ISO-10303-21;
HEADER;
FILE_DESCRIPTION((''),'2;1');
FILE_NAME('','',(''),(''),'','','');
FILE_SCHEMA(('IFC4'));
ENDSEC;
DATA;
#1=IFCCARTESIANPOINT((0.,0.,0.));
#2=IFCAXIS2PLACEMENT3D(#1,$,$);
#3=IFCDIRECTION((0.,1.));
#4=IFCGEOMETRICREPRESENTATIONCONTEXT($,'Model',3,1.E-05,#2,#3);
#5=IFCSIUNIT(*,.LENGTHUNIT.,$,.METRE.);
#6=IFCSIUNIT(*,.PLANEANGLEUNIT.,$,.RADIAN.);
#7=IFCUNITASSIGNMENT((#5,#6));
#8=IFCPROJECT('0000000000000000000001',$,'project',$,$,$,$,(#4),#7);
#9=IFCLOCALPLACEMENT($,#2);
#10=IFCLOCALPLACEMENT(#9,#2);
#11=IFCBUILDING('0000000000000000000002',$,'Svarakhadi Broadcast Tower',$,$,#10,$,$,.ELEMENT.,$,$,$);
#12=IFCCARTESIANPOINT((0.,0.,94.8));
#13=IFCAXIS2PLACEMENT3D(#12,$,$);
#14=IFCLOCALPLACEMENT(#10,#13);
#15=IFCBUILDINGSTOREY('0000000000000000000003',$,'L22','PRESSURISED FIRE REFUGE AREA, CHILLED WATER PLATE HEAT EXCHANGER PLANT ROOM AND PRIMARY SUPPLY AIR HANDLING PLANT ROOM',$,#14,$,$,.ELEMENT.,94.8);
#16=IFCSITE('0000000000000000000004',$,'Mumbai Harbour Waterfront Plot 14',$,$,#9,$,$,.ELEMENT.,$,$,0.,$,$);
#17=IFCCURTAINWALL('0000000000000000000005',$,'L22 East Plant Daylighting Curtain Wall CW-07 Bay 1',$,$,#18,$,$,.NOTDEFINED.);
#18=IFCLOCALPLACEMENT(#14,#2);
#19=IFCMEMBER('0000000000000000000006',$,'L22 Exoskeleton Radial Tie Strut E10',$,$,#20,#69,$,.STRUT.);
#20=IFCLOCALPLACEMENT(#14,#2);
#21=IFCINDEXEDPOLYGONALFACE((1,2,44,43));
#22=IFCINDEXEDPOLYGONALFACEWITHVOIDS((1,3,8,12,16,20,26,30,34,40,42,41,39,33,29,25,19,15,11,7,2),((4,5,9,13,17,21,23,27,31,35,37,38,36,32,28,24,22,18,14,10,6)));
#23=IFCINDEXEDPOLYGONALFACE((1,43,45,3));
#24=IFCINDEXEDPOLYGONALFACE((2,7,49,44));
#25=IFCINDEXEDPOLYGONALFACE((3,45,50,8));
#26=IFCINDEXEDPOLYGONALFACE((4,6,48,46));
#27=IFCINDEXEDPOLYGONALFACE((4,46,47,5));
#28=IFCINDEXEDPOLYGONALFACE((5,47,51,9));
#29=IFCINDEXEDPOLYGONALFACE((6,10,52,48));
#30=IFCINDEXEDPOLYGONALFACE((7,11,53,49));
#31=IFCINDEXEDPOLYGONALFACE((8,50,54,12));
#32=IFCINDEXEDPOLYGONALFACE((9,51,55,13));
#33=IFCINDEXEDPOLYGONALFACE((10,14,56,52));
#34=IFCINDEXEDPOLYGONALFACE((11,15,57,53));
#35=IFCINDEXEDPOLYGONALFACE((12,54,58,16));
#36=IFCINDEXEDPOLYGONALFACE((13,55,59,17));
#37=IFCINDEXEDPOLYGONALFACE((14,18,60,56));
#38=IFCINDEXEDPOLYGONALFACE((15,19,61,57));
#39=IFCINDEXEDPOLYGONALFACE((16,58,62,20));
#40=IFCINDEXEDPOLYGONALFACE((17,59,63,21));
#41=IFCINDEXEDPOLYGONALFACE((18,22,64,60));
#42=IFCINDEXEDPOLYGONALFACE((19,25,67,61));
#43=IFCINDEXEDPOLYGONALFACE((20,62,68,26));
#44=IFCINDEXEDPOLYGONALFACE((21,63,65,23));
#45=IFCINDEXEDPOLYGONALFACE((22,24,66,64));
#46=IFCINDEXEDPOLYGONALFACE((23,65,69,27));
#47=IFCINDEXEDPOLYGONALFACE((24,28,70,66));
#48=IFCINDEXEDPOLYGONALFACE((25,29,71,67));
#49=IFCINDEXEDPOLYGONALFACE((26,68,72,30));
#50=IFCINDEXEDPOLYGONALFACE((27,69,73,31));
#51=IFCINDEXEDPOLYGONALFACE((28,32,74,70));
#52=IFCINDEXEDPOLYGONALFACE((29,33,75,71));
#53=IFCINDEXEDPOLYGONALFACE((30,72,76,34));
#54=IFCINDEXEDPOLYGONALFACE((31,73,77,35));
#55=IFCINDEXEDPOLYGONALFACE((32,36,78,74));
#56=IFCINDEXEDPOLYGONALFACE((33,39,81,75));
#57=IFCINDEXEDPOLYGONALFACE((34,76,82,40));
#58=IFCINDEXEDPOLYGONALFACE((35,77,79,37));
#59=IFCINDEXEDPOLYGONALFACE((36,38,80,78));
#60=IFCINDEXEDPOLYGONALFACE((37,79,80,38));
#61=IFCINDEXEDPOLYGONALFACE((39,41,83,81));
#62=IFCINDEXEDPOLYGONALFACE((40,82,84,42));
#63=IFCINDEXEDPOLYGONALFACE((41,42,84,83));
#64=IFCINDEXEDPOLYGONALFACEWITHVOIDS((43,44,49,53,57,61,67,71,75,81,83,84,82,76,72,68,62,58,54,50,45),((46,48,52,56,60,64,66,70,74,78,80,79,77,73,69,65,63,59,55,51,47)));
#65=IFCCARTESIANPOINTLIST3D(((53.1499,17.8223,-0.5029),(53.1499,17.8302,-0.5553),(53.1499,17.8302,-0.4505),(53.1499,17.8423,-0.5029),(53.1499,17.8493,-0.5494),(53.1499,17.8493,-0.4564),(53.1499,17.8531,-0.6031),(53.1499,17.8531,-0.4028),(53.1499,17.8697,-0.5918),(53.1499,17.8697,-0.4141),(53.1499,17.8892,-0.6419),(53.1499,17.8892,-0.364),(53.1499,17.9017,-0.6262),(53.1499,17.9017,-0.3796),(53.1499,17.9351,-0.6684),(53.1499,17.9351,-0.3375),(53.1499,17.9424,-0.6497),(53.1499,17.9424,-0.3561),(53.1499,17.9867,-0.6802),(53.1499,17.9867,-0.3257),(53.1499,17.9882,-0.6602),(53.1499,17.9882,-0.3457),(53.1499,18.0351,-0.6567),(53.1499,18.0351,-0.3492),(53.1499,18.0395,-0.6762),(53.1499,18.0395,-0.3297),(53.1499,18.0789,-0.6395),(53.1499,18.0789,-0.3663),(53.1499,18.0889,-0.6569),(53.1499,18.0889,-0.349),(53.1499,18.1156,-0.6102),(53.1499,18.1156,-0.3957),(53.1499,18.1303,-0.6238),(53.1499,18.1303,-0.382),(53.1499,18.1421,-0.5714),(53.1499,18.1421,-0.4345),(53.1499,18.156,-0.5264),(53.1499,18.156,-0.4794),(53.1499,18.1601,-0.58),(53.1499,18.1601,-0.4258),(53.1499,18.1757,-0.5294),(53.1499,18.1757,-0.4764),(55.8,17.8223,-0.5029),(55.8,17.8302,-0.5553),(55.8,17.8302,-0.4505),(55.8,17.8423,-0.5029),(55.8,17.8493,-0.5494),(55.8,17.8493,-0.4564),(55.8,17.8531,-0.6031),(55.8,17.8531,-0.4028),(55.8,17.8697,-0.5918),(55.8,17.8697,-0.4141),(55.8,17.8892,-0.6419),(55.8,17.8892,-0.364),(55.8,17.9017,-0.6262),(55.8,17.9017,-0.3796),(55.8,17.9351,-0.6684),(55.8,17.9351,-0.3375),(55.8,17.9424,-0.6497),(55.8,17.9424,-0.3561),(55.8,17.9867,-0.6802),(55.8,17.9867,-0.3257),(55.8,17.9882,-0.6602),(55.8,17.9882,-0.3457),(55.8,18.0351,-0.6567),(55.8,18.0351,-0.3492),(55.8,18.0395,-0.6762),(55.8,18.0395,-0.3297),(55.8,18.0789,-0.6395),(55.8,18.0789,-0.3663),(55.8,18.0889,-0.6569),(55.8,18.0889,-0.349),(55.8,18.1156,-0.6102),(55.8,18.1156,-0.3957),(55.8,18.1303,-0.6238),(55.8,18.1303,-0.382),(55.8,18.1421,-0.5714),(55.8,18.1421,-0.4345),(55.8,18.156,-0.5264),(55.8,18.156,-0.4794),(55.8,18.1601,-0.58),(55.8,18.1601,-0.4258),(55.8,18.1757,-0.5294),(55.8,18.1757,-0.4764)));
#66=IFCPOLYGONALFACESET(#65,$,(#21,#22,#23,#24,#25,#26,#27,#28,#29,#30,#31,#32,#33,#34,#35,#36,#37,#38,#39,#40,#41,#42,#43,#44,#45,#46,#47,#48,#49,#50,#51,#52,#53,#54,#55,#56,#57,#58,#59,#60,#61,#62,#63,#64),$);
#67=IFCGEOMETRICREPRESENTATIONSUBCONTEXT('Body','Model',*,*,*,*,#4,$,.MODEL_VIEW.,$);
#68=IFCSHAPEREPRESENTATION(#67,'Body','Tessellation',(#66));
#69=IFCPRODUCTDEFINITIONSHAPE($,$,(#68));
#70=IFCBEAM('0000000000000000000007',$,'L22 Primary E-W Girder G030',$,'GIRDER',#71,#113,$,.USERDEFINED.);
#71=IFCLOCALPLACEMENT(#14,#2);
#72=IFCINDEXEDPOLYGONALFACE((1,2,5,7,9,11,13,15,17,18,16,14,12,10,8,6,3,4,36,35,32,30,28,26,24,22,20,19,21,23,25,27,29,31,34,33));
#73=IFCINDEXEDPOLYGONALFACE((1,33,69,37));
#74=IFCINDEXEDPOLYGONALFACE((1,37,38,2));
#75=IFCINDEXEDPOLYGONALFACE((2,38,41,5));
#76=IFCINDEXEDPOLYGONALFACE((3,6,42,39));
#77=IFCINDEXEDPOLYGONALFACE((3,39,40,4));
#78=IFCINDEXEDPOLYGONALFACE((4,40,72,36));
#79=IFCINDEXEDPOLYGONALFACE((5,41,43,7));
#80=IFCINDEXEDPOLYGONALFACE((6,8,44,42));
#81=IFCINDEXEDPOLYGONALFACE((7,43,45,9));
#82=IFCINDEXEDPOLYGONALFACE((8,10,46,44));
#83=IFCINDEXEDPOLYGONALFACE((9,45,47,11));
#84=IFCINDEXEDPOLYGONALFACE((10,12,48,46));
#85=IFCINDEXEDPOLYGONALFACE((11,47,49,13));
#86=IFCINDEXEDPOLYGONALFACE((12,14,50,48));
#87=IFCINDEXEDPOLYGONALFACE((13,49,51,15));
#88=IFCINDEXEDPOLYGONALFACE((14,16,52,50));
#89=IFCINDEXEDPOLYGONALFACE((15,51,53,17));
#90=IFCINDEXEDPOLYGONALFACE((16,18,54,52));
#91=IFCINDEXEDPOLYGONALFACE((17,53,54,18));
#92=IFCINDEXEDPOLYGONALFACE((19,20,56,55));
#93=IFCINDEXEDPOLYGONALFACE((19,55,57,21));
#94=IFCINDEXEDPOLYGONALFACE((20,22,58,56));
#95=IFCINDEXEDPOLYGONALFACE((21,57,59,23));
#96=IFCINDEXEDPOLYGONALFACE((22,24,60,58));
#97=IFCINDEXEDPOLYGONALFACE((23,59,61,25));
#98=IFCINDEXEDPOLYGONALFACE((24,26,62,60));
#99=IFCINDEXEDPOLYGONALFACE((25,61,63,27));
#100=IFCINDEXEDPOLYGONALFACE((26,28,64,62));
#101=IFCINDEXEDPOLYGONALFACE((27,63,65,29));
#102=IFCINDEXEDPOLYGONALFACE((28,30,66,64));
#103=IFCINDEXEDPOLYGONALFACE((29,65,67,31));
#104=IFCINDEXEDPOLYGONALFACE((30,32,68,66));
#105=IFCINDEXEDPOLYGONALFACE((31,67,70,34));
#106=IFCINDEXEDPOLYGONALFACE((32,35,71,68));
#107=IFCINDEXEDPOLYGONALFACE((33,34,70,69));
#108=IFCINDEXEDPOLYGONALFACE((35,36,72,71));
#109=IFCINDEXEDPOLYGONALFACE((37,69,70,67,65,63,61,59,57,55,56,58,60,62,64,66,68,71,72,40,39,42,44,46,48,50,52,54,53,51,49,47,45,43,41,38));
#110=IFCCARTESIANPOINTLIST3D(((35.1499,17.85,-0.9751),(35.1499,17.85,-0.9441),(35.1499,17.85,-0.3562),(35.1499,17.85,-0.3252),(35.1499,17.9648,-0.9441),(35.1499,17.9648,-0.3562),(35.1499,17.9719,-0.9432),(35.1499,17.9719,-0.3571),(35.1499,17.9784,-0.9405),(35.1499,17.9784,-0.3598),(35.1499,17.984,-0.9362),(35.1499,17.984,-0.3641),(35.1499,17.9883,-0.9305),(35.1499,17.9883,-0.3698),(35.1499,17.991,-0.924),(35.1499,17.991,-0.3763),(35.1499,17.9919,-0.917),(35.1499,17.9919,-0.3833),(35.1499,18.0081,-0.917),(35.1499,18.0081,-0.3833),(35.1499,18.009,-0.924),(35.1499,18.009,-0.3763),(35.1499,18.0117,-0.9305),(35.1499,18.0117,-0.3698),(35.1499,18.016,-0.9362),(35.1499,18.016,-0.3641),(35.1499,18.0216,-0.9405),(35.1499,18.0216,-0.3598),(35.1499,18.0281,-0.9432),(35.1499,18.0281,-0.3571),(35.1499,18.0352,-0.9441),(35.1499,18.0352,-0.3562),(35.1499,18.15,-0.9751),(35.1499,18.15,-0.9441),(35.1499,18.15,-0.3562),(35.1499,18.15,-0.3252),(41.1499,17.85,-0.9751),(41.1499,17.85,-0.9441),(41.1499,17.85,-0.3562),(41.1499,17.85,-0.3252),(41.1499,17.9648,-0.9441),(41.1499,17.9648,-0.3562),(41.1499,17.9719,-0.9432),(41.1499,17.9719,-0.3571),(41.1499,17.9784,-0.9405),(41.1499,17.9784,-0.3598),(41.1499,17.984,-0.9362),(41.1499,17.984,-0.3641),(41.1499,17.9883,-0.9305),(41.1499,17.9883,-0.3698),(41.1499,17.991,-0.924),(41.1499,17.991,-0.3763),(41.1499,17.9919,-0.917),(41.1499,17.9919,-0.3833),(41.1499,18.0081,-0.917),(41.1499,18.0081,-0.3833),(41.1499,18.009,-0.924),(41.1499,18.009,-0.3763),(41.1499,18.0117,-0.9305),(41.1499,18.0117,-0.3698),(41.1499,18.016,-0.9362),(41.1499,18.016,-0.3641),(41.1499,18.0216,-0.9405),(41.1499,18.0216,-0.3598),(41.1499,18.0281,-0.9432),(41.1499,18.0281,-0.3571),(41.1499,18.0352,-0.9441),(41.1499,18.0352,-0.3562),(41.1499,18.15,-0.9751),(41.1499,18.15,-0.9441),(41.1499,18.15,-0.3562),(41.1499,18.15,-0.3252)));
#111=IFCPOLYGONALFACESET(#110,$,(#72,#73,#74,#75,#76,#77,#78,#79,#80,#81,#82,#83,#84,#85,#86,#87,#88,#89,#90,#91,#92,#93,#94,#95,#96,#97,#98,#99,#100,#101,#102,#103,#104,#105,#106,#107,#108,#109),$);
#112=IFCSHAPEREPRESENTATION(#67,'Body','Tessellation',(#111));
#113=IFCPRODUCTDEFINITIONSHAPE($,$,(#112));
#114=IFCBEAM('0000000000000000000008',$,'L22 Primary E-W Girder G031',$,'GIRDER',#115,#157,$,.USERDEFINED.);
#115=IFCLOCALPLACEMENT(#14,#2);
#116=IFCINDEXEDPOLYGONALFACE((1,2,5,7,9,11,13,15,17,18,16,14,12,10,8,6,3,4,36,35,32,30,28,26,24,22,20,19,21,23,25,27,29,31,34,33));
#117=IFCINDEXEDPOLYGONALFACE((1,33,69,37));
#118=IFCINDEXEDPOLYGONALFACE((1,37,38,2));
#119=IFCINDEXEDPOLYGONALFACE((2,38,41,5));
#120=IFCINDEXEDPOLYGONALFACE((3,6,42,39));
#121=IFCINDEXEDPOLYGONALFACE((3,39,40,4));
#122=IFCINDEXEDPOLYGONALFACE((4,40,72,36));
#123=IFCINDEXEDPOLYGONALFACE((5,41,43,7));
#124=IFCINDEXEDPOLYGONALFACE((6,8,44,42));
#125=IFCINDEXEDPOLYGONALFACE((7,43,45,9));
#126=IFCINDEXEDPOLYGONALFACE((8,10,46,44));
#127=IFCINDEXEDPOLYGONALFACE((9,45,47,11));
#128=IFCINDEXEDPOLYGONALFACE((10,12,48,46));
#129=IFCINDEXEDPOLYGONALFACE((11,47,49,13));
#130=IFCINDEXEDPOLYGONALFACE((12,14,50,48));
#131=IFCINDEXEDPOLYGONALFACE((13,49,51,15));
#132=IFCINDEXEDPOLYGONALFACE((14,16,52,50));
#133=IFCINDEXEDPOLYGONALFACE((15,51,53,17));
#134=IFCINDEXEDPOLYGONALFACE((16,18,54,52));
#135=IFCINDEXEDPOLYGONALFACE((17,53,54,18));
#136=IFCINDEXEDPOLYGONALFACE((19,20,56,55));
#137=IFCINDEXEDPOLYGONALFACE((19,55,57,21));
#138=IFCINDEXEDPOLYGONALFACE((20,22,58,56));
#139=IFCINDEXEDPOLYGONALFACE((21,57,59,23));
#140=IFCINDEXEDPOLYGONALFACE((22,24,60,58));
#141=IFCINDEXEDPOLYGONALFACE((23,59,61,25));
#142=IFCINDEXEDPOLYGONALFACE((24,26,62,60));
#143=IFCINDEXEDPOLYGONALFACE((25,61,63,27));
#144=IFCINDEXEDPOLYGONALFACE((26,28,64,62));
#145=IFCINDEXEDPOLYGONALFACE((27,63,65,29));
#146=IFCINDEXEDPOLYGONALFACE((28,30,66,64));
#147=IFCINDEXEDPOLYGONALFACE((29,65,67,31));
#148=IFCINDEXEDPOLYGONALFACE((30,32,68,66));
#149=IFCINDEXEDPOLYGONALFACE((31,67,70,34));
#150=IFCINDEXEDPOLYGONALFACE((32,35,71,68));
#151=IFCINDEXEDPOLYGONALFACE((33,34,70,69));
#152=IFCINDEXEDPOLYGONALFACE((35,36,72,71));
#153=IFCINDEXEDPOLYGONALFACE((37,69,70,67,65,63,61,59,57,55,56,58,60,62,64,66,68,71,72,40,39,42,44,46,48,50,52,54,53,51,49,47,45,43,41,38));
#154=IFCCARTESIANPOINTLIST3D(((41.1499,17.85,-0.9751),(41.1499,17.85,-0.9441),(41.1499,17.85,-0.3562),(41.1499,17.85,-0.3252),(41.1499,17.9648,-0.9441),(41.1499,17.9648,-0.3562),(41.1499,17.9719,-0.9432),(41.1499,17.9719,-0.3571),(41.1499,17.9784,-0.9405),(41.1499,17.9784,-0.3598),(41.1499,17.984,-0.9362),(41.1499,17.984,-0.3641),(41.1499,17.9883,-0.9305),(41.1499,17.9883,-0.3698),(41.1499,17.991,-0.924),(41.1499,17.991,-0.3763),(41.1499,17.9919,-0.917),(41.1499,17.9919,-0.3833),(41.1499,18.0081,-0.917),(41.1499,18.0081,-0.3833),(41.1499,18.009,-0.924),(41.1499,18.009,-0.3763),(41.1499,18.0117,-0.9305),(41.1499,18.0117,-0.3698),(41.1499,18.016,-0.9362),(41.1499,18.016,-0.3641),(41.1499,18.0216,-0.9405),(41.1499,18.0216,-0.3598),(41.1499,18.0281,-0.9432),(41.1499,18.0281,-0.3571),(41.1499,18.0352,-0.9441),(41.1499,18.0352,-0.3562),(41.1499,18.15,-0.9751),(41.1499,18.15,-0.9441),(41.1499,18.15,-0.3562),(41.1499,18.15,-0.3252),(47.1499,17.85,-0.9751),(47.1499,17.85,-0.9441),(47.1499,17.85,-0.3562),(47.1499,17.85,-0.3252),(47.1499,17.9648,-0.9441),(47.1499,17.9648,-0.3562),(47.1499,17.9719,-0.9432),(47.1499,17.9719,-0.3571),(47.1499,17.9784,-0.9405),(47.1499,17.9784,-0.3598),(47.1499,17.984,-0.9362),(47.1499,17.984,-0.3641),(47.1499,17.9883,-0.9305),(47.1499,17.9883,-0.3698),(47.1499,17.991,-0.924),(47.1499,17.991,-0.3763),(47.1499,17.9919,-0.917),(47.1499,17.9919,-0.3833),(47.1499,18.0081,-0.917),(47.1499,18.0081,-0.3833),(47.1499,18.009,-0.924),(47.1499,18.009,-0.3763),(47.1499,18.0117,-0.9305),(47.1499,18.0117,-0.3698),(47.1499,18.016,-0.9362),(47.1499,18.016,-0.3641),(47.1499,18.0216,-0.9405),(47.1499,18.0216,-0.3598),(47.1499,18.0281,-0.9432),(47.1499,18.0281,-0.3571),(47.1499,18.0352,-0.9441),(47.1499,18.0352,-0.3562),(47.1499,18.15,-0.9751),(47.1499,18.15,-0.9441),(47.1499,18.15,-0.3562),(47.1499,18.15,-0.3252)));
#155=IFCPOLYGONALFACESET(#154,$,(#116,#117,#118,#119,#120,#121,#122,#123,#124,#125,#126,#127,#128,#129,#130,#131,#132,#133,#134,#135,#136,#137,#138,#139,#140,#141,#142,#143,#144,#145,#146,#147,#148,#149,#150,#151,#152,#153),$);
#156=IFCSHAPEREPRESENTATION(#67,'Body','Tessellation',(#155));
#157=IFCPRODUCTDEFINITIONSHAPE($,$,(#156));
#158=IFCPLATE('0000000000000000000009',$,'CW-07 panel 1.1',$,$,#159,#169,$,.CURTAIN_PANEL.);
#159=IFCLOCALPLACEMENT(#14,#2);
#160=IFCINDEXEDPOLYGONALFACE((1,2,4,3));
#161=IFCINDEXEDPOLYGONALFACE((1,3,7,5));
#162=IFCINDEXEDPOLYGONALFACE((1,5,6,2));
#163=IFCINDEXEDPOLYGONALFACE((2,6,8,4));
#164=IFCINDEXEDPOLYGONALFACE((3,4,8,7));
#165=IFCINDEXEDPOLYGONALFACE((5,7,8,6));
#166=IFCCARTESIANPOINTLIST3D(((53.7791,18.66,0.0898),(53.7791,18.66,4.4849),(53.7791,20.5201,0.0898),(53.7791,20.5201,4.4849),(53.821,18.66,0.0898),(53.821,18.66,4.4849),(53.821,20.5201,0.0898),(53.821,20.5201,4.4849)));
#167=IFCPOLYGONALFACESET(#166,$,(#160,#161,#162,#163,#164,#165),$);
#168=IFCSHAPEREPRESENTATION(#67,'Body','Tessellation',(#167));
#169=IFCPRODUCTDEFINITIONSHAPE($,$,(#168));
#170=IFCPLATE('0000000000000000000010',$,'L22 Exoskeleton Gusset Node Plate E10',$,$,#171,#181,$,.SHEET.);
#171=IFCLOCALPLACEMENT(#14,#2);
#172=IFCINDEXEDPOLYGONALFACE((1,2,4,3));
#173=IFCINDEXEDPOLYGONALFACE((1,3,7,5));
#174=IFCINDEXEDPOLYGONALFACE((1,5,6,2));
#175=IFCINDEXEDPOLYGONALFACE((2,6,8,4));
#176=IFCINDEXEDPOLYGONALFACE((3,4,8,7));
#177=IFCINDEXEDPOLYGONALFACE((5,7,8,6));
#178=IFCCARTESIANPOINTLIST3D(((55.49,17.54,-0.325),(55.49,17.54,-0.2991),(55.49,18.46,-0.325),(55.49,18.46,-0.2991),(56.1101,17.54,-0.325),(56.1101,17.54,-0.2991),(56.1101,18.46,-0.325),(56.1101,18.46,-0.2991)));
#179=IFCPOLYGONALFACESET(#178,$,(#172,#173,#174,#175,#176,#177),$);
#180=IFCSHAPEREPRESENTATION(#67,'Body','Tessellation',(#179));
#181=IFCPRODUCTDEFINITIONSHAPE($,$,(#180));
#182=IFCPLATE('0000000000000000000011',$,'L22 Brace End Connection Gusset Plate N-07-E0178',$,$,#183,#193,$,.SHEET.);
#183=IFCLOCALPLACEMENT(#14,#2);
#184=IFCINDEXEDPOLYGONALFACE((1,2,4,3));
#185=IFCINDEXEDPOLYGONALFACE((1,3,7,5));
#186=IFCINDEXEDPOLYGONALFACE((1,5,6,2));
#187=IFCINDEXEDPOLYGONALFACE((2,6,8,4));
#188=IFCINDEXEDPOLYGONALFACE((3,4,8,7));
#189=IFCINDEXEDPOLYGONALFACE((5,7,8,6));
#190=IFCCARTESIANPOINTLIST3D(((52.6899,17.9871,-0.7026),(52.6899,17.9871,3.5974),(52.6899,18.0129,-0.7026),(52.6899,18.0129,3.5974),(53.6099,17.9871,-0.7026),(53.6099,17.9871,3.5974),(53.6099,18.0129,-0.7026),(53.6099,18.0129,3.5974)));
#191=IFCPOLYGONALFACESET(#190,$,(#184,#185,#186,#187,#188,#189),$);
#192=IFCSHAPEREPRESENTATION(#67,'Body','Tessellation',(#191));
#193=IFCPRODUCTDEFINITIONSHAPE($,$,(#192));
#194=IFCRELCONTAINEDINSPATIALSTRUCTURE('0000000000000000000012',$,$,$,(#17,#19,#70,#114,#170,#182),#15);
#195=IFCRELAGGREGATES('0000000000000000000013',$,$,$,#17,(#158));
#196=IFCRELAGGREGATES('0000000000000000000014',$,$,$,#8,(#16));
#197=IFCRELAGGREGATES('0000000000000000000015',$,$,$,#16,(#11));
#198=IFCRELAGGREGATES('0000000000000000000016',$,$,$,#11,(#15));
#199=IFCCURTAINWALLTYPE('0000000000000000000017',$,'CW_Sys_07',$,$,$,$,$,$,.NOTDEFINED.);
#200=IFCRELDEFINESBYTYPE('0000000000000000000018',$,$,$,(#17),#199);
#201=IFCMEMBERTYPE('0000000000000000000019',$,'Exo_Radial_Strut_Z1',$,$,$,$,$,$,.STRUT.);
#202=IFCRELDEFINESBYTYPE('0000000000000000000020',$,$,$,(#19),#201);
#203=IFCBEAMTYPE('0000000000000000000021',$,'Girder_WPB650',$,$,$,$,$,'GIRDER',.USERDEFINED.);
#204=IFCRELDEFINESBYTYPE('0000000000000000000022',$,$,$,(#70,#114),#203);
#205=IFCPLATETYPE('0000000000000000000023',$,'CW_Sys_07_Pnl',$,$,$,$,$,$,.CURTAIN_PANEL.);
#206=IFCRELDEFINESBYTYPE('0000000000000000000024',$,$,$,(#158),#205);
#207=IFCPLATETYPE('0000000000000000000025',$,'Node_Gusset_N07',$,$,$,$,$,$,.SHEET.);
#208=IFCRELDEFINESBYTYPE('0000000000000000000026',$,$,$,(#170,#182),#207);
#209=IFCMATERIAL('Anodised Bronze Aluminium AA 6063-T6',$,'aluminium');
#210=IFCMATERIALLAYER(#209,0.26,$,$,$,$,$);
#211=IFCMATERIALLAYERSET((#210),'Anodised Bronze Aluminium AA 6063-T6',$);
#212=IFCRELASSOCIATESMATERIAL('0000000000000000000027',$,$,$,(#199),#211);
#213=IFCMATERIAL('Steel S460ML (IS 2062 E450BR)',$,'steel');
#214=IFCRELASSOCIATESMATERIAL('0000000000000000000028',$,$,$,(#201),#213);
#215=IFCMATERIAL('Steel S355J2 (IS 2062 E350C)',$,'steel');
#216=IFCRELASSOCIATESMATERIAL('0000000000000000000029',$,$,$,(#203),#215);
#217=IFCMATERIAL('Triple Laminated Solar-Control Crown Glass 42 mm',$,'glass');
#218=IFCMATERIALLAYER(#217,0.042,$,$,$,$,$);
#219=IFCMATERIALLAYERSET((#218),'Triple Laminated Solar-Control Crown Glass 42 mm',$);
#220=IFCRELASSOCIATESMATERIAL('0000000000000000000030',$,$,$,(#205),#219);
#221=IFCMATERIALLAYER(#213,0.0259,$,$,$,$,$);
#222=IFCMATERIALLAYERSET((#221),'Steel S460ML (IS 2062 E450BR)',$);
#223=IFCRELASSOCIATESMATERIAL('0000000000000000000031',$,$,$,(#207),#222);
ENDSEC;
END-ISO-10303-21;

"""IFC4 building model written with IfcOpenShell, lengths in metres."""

from ifc_helpers import new_model, si_unit, direction, frame, origin, origin_2d, place, context, subcontext, project, spatial, rectangle, hollow_circle, i_section, extrude, material, layer, layer_set, material_profile, profile_set, type_object, element, aggregate, save


model = new_model("IFC4")

# Units and contexts
model_context = context("Model", 3, precision=1e-05, world=origin(), true_north=direction((0.0, 1.0)))
body_context = subcontext(model_context, "Body", "Model", "MODEL_VIEW")
ifc_project = project(units=[si_unit("LENGTHUNIT", "METRE"), si_unit("PLANEANGLEUNIT", "RADIAN")], contexts=[model_context])

# Site, building, storey
site_placement = place(None, origin())
site = spatial("IfcSite", under=ifc_project, at=site_placement, Name="Mumbai Harbour Waterfront Plot 14", CompositionType="ELEMENT", RefElevation=0.0)
building_placement = place(site_placement, origin())
building = spatial("IfcBuilding", under=site, at=building_placement, Name="Svarakhadi Broadcast Tower", CompositionType="ELEMENT")
storey_placement = place(building_placement, frame((0.0, 0.0, 94.8)))
storey = spatial("IfcBuildingStorey", under=building, at=storey_placement, Name="L22", Description="PRESSURISED FIRE REFUGE AREA, CHILLED WATER PLATE HEAT EXCHANGER PLANT ROOM AND PRIMARY SUPPLY AIR HANDLING PLANT ROOM", CompositionType="ELEMENT", Elevation=94.8)

# Shared definitions
ifc_material_1 = material(Name="Steel S460ML (IS 2062 E450BR)", Category="steel")

# Curtain wall
ifc_material_2 = material(Name="Anodised Bronze Aluminium AA 6063-T6", Category="aluminium")
ifc_layer_1 = layer(ifc_material_2, 0.26)
ifc_layer_set_1 = layer_set([ifc_layer_1], Name="Anodised Bronze Aluminium AA 6063-T6")
curtain_wall_type = type_object("IfcCurtainWallType", Name="CW_Sys_07", PredefinedType="NOTDEFINED", material=ifc_layer_set_1)
curtain_wall_placement = place(storey_placement, origin())
curtain_wall = element("IfcCurtainWall", 1, at=curtain_wall_placement, inside=storey, type_object=curtain_wall_type, Name="L22 East Plant Daylighting Curtain Wall CW-07 Bay 1", PredefinedType="NOTDEFINED")

# Member
ifc_material_profile_1 = material_profile(ifc_material_1, hollow_circle(Radius=0.1777, WallThickness=0.02, at=origin_2d()), Name="CHS 355.6x20")
ifc_profile_set_1 = profile_set([ifc_material_profile_1], Name="Steel S460ML (IS 2062 E450BR)")
member_type_1 = type_object("IfcMemberType", Name="Exo_Radial_Strut_Z1", PredefinedType="STRUT", material=ifc_profile_set_1)
member_1_placement = place(storey_placement, frame((55.8, 18.0, -0.5029), z_axis=(-1.0, 0.0, 0.0), x_axis=(0.0, -1.0, 0.0)))
element("IfcMember", 2, at=member_1_placement, inside=storey, type_object=member_type_1, Name="L22 Exoskeleton Radial Tie Strut E10", PredefinedType="STRUT", context=body_context, shape_type="SweptSolid", body=[
    extrude(hollow_circle(Radius=0.1777, WallThickness=0.02, at=origin_2d()), origin(), (0.0, 0.0, 1.0), 2.6501),
])

# Beams
ifc_material_3 = material(Name="Steel S355J2 (IS 2062 E350C)", Category="steel")
ifc_material_profile_2 = material_profile(ifc_material_3, i_section(OverallWidth=0.3, OverallDepth=0.6499, WebThickness=0.0161, FlangeThickness=0.031, FilletRadius=0.0271, at=origin_2d()), Name="WPB 650x300x225")
ifc_profile_set_2 = profile_set([ifc_material_profile_2], Name="Steel S355J2 (IS 2062 E350C)")
beam_type = type_object("IfcBeamType", Name="Girder_WPB650", ElementType="GIRDER", PredefinedType="USERDEFINED", material=ifc_profile_set_2)
for number, where, z_axis, x_axis, name in (
    (3, (35.1499, 18.0, -0.6501), (1.0, 0.0, 0.0), (0.0, 1.0, 0.0), "L22 Primary E-W Girder G030"),
    (4, (41.1499, 18.0, -0.6501), (1.0, 0.0, 0.0), (0.0, 1.0, 0.0), "L22 Primary E-W Girder G031"),
):
    element("IfcBeam", number, at=place(storey_placement, frame(where, z_axis=z_axis, x_axis=x_axis)), inside=storey, type_object=beam_type, Name=name, ObjectType="GIRDER", PredefinedType="USERDEFINED", context=body_context, shape_type="SweptSolid", body=[
        extrude(i_section(OverallWidth=0.3, OverallDepth=0.6499, WebThickness=0.0161, FlangeThickness=0.031, FilletRadius=0.0271, at=origin_2d()), origin(), (0.0, 0.0, 1.0), 6.0),
    ])

# Plate
ifc_material_4 = material(Name="Triple Laminated Solar-Control Crown Glass 42 mm", Category="glass")
ifc_layer_2 = layer(ifc_material_4, 0.042)
ifc_layer_set_2 = layer_set([ifc_layer_2], Name="Triple Laminated Solar-Control Crown Glass 42 mm")
plate_type_1 = type_object("IfcPlateType", Name="CW_Sys_07_Pnl", PredefinedType="CURTAIN_PANEL", material=ifc_layer_set_2)
plate_1_placement = place(storey_placement, frame((53.8, 19.5901, 0.0898), z_axis=(0.0, 0.0, 1.0), x_axis=(0.0, -1.0, 0.0)))
plate_1 = element("IfcPlate", 5, at=plate_1_placement, type_object=plate_type_1, Name="CW-07 panel 1.1", PredefinedType="CURTAIN_PANEL", context=body_context, shape_type="SweptSolid", body=[
    extrude(rectangle(XDim=1.8601, YDim=0.042, at=origin_2d()), origin(), (0.0, 0.0, 1.0), 4.395),
])
aggregate(curtain_wall, [plate_1])

# Plates
ifc_layer_3 = layer(ifc_material_1, 0.0259)
ifc_layer_set_3 = layer_set([ifc_layer_3], Name="Steel S460ML (IS 2062 E450BR)")
plate_type_2 = type_object("IfcPlateType", Name="Node_Gusset_N07", PredefinedType="SHEET", material=ifc_layer_set_3)
plate_2_placement = place(storey_placement, frame((55.8, 18.0, -0.325), z_axis=(0.0, 0.0, 1.0), x_axis=(0.0, 1.0, 0.0)))
element("IfcPlate", 6, at=plate_2_placement, inside=storey, type_object=plate_type_2, Name="L22 Exoskeleton Gusset Node Plate E10", PredefinedType="SHEET", context=body_context, shape_type="SweptSolid", body=[
    extrude(rectangle(XDim=0.9199, YDim=0.6201, at=origin_2d()), origin(), (0.0, 0.0, 1.0), 0.0259),
])
plate_3_placement = place(storey_placement, frame((53.1499, 18.0, -0.7026), z_axis=(0.0, 0.0, 1.0), x_axis=(1.0, 0.0, 0.0)))
element("IfcPlate", 7, at=plate_3_placement, inside=storey, type_object=plate_type_2, Name="L22 Brace End Connection Gusset Plate N-07-E0178", PredefinedType="SHEET", context=body_context, shape_type="SweptSolid", body=[
    extrude(rectangle(XDim=0.9199, YDim=0.0259, at=origin_2d()), origin(), (0.0, 0.0, 1.0), 4.3),
])

save(model, "model.ifc")
